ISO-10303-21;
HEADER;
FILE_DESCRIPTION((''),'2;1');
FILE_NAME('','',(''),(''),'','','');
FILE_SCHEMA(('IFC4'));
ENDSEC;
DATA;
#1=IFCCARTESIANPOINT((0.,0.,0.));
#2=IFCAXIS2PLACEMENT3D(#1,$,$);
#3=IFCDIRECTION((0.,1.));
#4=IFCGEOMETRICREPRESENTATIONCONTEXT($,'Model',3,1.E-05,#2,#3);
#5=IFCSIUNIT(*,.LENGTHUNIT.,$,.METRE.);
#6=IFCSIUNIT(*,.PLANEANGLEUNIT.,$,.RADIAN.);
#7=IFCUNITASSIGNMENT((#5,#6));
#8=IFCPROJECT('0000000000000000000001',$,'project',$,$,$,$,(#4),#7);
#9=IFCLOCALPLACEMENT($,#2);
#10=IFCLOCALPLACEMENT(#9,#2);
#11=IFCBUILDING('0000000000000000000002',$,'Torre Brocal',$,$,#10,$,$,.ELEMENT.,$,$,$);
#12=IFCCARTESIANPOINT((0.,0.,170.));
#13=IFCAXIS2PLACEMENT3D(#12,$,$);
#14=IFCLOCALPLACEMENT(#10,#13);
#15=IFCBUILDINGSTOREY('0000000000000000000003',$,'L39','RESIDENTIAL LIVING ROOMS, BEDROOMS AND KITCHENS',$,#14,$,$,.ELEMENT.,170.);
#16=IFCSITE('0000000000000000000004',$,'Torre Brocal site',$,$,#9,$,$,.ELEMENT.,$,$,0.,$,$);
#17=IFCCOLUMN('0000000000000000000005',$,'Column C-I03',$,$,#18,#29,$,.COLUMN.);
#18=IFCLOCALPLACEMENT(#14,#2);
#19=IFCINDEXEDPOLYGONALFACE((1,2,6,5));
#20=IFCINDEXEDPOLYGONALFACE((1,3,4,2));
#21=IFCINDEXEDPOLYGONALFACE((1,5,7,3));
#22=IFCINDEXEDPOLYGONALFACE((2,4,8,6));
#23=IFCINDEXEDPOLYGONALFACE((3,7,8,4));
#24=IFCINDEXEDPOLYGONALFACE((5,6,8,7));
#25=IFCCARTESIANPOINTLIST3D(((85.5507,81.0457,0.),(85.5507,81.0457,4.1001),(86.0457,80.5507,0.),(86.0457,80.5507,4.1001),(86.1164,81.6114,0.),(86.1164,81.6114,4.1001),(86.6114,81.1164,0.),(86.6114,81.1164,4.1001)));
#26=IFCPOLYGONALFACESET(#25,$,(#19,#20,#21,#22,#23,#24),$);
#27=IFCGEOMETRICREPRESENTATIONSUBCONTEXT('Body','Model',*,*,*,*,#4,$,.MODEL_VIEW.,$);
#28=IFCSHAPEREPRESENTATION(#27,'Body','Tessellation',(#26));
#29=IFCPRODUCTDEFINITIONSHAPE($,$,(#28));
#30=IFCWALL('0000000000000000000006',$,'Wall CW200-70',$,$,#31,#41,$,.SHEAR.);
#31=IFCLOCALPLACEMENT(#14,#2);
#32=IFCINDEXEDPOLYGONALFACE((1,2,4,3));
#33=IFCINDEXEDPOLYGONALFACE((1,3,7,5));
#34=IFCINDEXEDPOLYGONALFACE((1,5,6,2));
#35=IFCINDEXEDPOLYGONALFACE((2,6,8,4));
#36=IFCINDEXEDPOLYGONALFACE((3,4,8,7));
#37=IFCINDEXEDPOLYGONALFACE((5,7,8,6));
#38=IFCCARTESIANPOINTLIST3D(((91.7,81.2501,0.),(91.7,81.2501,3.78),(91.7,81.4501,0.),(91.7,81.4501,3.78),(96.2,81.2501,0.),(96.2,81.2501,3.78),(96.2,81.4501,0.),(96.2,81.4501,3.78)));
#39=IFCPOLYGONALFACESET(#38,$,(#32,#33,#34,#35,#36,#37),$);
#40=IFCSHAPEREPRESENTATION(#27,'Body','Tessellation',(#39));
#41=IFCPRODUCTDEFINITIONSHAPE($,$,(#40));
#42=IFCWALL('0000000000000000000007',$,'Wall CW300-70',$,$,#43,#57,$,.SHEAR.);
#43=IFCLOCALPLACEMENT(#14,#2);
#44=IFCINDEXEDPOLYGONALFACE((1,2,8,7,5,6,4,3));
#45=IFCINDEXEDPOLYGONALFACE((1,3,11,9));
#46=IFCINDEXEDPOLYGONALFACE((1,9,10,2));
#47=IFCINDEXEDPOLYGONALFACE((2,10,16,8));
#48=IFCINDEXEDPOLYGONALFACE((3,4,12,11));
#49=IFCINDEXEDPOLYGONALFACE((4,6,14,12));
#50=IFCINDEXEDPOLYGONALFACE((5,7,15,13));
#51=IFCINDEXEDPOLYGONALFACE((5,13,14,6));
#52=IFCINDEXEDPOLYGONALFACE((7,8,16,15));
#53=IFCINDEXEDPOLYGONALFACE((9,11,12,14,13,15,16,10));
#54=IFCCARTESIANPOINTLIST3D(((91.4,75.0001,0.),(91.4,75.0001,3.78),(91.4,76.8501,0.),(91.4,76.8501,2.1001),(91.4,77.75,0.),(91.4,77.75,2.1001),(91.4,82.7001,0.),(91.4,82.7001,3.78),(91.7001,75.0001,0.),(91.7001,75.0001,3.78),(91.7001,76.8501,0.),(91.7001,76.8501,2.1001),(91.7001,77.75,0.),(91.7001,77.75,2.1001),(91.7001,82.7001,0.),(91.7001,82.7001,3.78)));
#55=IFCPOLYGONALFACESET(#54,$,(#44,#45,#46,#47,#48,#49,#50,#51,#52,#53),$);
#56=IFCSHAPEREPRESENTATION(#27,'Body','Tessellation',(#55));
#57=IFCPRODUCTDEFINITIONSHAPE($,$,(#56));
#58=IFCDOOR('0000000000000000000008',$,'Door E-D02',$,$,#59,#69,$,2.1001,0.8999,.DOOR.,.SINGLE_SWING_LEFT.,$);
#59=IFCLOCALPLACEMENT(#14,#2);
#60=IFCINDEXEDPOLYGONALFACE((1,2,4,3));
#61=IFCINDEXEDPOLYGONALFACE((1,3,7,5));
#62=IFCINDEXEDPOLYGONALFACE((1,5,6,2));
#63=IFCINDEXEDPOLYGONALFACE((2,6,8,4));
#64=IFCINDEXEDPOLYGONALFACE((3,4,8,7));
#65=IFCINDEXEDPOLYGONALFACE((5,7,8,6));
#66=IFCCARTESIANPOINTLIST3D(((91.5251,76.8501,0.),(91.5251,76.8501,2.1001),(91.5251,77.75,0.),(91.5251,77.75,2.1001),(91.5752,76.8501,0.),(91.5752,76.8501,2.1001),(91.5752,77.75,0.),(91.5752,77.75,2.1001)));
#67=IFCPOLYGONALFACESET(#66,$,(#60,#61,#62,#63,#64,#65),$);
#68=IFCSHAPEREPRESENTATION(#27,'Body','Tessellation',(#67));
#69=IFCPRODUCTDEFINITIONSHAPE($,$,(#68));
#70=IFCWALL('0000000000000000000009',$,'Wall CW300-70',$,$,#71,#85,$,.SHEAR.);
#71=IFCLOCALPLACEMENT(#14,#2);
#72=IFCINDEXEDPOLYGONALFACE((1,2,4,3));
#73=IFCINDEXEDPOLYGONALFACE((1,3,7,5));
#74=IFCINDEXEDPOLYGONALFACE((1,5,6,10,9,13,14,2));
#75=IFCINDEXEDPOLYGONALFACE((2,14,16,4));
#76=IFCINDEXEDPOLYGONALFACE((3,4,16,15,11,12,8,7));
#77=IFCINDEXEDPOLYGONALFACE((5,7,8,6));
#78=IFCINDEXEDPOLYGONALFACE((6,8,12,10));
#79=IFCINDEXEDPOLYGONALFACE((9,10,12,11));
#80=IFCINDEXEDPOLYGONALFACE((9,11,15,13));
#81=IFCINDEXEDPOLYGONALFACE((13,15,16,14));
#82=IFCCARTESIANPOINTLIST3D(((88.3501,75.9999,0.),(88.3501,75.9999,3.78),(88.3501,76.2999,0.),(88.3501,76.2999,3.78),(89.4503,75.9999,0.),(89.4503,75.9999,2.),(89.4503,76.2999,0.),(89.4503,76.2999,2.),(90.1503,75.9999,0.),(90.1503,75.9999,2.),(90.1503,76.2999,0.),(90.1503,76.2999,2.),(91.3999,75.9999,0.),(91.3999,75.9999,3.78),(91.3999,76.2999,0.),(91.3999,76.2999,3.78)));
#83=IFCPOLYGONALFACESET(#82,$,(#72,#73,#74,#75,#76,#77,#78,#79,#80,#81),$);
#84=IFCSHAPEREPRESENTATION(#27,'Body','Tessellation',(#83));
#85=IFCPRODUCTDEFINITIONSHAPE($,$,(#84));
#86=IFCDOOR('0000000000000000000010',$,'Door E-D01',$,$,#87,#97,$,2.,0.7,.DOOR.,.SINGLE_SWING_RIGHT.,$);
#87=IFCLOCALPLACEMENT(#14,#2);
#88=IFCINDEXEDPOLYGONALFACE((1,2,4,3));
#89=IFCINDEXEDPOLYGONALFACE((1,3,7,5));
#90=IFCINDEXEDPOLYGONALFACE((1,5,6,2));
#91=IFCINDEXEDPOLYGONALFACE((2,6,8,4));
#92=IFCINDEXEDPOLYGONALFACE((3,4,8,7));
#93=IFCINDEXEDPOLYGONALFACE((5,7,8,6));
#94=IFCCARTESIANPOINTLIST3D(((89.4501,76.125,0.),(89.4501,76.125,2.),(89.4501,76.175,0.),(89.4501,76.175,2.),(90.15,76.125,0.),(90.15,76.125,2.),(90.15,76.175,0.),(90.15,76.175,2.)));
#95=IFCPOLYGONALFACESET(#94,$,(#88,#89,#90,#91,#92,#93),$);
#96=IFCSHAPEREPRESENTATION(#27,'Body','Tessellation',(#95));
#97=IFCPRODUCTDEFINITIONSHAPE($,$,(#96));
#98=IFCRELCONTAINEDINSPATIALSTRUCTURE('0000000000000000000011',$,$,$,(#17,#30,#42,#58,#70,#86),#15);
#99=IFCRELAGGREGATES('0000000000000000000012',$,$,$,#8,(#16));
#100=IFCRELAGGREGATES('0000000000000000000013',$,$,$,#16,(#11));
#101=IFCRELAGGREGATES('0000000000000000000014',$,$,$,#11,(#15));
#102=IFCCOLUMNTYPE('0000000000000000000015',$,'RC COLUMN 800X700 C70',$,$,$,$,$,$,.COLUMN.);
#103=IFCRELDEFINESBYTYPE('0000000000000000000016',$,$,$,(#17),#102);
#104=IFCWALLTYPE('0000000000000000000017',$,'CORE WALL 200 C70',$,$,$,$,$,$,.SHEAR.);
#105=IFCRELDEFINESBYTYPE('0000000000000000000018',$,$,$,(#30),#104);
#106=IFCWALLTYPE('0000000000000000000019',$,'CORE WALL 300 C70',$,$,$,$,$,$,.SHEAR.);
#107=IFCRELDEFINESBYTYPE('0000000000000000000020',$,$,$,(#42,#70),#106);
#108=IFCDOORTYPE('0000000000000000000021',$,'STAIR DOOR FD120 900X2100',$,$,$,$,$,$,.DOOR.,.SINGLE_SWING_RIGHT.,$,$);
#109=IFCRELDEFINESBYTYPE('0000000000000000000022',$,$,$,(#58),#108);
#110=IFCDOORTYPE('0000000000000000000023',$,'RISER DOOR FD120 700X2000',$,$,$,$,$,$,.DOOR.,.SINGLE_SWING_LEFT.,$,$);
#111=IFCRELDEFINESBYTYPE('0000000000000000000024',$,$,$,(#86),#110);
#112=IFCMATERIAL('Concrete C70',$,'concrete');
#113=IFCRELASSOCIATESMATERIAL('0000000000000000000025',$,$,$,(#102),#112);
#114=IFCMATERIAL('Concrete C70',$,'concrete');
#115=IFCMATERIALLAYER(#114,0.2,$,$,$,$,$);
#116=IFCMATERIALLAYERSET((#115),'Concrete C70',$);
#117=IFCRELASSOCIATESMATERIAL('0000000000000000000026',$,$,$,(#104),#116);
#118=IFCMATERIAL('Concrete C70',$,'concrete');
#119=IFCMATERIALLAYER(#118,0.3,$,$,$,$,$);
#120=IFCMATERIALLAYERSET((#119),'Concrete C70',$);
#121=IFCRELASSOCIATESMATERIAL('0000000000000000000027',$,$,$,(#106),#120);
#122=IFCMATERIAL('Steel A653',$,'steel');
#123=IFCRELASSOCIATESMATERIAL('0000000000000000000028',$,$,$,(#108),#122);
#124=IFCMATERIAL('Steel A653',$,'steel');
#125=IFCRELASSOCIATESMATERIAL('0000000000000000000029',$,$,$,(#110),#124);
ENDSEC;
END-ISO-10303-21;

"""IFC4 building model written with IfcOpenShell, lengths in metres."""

from ifc_helpers import new_model, si_unit, direction, frame, frame_2d, origin, origin_2d, place, context, subcontext, project, spatial, rectangle, extrude, material, layer, layer_set, material_profile, profile_set, type_object, element, fill, save


model = new_model("IFC4")

# Units and contexts
model_context = context("Model", 3, precision=1e-05, world=origin(), true_north=direction((0.0, 1.0)))
body_context = subcontext(model_context, "Body", "Model", "MODEL_VIEW")
ifc_project = project(units=[si_unit("LENGTHUNIT", "METRE"), si_unit("PLANEANGLEUNIT", "RADIAN")], contexts=[model_context])

# Site, building, storey
site_placement = place(None, origin())
site = spatial("IfcSite", under=ifc_project, at=site_placement, Name="Torre Brocal site", CompositionType="ELEMENT", RefElevation=0.0)
building_placement = place(site_placement, origin())
building = spatial("IfcBuilding", under=site, at=building_placement, Name="Torre Brocal", CompositionType="ELEMENT")
storey_placement = place(building_placement, frame((0.0, 0.0, 170.0)))
storey = spatial("IfcBuildingStorey", under=building, at=storey_placement, Name="L39", Description="RESIDENTIAL LIVING ROOMS, BEDROOMS AND KITCHENS", CompositionType="ELEMENT", Elevation=170.0)

# Column
ifc_material_1 = material(Name="Concrete C70", Category="concrete")
ifc_material_profile = material_profile(ifc_material_1, rectangle(XDim=0.8, YDim=0.7, at=origin_2d()), Name="RC 800X700")
ifc_profile_set = profile_set([ifc_material_profile], Name="Concrete C70")
column_type = type_object("IfcColumnType", Name="RC COLUMN 800X700 C70", PredefinedType="COLUMN", material=ifc_profile_set)
column_placement = place(storey_placement, frame((86.0811, 81.0811, 0.0), z_axis=(0.0, 0.0, 1.0), x_axis=(0.707107, 0.707107, 0.0)))
element("IfcColumn", 1, at=column_placement, inside=storey, type_object=column_type, Name="Column C-I03", PredefinedType="COLUMN", context=body_context, shape_type="SweptSolid", body=[
    extrude(rectangle(XDim=0.8, YDim=0.7, at=origin_2d()), origin(), (0.0, 0.0, 1.0), 4.1001),
])

# Wall
ifc_material_2 = material(Name="Concrete C70", Category="concrete")
ifc_layer_1 = layer(ifc_material_2, 0.2)
ifc_layer_set_1 = layer_set([ifc_layer_1], Name="Concrete C70")
wall_type_1 = type_object("IfcWallType", Name="CORE WALL 200 C70", PredefinedType="SHEAR", material=ifc_layer_set_1)
wall_1_placement = place(storey_placement, frame((91.7, 81.3501, 0.0), z_axis=(0.0, 0.0, 1.0), x_axis=(1.0, 0.0, 0.0)))
element("IfcWall", 2, at=wall_1_placement, inside=storey, type_object=wall_type_1, Name="Wall CW200-70", PredefinedType="SHEAR", context=body_context, shape_type="SweptSolid", body=[
    extrude(rectangle(XDim=4.5, YDim=0.2, at=frame_2d((2.25, 0.0))), origin(), (0.0, 0.0, 1.0), 3.78),
])

# Walls, openings, doors
ifc_material_3 = material(Name="Concrete C70", Category="concrete")
ifc_layer_2 = layer(ifc_material_3, 0.3)
ifc_layer_set_2 = layer_set([ifc_layer_2], Name="Concrete C70")
wall_type_2 = type_object("IfcWallType", Name="CORE WALL 300 C70", PredefinedType="SHEAR", material=ifc_layer_set_2)
wall_2_placement = place(storey_placement, frame((91.55, 75.0, 0.0), z_axis=(0.0, 0.0, 1.0), x_axis=(0.0, 1.0, 0.0)))
wall_2 = element("IfcWall", 3, at=wall_2_placement, inside=storey, type_object=wall_type_2, Name="Wall CW300-70", PredefinedType="SHEAR", context=body_context, shape_type="SweptSolid", body=[
    extrude(rectangle(XDim=7.7, YDim=0.3, at=frame_2d((3.8501, 0.0))), origin(), (0.0, 0.0, 1.0), 3.78),
])
opening_1_placement = place(wall_2_placement, frame((1.8501, 0.0, 0.0)))
opening_1 = element("IfcOpeningElement", 4, at=opening_1_placement, cuts=wall_2, PredefinedType="OPENING", context=body_context, shape_type="SweptSolid", body=[
    extrude(rectangle(XDim=0.8999, YDim=2.1001, at=frame_2d((0.45, 1.05))), frame((0.0, 0.1599, 0.0), z_axis=(0.0, -1.0, 0.0), x_axis=(1.0, 0.0, 0.0)), (0.0, 0.0, 1.0), 0.3201),
])
ifc_material_4 = material(Name="Steel A653", Category="steel")
door_type_1 = type_object("IfcDoorType", Name="STAIR DOOR FD120 900X2100", OperationType="SINGLE_SWING_RIGHT", PredefinedType="DOOR", material=ifc_material_4)
door_1_placement = place(opening_1_placement, origin())
door_1 = element("IfcDoor", 5, at=door_1_placement, inside=storey, type_object=door_type_1, Name="Door E-D02", OperationType="SINGLE_SWING_LEFT", OverallHeight=2.1001, OverallWidth=0.8999, PredefinedType="DOOR", context=body_context, shape_type="SweptSolid", body=[
    extrude(rectangle(XDim=0.8999, YDim=2.1001, at=frame_2d((0.45, 1.05))), frame((0.0, 0.0249, 0.0), z_axis=(0.0, -1.0, 0.0), x_axis=(1.0, 0.0, 0.0)), (0.0, 0.0, 1.0), 0.05),
])
fill(opening_1, door_1)
wall_3_placement = place(storey_placement, frame((88.3501, 76.1499, 0.0), z_axis=(0.0, 0.0, 1.0), x_axis=(1.0, 0.0, 0.0)))
wall_3 = element("IfcWall", 6, at=wall_3_placement, inside=storey, type_object=wall_type_2, Name="Wall CW300-70", PredefinedType="SHEAR", context=body_context, shape_type="SweptSolid", body=[
    extrude(rectangle(XDim=3.0498, YDim=0.3, at=frame_2d((1.5249, 0.0))), origin(), (0.0, 0.0, 1.0), 3.78),
])
opening_2_placement = place(wall_3_placement, frame((1.1001, 0.0, 0.0)))
opening_2 = element("IfcOpeningElement", 7, at=opening_2_placement, cuts=wall_3, PredefinedType="OPENING", context=body_context, shape_type="SweptSolid", body=[
    extrude(rectangle(XDim=0.7, YDim=2.0, at=frame_2d((0.3501, 1.0))), frame((0.0, 0.1599, 0.0), z_axis=(0.0, -1.0, 0.0), x_axis=(1.0, 0.0, 0.0)), (0.0, 0.0, 1.0), 0.3201),
])
ifc_material_5 = material(Name="Steel A653", Category="steel")
door_type_2 = type_object("IfcDoorType", Name="RISER DOOR FD120 700X2000", OperationType="SINGLE_SWING_LEFT", PredefinedType="DOOR", material=ifc_material_5)
door_2_placement = place(opening_2_placement, frame((0.7, 0.0, 0.0), z_axis=(0.0, 0.0, 1.0), x_axis=(-1.0, 0.0, 0.0)))
door_2 = element("IfcDoor", 8, at=door_2_placement, inside=storey, type_object=door_type_2, Name="Door E-D01", OperationType="SINGLE_SWING_RIGHT", OverallHeight=2.0, OverallWidth=0.7, PredefinedType="DOOR", context=body_context, shape_type="SweptSolid", body=[
    extrude(rectangle(XDim=0.7, YDim=2.0, at=frame_2d((0.3501, 1.0))), frame((0.0, 0.0249, 0.0), z_axis=(0.0, -1.0, 0.0), x_axis=(1.0, 0.0, 0.0)), (0.0, 0.0, 1.0), 0.05),
])
fill(opening_2, door_2)

save(model, "model.ifc")
